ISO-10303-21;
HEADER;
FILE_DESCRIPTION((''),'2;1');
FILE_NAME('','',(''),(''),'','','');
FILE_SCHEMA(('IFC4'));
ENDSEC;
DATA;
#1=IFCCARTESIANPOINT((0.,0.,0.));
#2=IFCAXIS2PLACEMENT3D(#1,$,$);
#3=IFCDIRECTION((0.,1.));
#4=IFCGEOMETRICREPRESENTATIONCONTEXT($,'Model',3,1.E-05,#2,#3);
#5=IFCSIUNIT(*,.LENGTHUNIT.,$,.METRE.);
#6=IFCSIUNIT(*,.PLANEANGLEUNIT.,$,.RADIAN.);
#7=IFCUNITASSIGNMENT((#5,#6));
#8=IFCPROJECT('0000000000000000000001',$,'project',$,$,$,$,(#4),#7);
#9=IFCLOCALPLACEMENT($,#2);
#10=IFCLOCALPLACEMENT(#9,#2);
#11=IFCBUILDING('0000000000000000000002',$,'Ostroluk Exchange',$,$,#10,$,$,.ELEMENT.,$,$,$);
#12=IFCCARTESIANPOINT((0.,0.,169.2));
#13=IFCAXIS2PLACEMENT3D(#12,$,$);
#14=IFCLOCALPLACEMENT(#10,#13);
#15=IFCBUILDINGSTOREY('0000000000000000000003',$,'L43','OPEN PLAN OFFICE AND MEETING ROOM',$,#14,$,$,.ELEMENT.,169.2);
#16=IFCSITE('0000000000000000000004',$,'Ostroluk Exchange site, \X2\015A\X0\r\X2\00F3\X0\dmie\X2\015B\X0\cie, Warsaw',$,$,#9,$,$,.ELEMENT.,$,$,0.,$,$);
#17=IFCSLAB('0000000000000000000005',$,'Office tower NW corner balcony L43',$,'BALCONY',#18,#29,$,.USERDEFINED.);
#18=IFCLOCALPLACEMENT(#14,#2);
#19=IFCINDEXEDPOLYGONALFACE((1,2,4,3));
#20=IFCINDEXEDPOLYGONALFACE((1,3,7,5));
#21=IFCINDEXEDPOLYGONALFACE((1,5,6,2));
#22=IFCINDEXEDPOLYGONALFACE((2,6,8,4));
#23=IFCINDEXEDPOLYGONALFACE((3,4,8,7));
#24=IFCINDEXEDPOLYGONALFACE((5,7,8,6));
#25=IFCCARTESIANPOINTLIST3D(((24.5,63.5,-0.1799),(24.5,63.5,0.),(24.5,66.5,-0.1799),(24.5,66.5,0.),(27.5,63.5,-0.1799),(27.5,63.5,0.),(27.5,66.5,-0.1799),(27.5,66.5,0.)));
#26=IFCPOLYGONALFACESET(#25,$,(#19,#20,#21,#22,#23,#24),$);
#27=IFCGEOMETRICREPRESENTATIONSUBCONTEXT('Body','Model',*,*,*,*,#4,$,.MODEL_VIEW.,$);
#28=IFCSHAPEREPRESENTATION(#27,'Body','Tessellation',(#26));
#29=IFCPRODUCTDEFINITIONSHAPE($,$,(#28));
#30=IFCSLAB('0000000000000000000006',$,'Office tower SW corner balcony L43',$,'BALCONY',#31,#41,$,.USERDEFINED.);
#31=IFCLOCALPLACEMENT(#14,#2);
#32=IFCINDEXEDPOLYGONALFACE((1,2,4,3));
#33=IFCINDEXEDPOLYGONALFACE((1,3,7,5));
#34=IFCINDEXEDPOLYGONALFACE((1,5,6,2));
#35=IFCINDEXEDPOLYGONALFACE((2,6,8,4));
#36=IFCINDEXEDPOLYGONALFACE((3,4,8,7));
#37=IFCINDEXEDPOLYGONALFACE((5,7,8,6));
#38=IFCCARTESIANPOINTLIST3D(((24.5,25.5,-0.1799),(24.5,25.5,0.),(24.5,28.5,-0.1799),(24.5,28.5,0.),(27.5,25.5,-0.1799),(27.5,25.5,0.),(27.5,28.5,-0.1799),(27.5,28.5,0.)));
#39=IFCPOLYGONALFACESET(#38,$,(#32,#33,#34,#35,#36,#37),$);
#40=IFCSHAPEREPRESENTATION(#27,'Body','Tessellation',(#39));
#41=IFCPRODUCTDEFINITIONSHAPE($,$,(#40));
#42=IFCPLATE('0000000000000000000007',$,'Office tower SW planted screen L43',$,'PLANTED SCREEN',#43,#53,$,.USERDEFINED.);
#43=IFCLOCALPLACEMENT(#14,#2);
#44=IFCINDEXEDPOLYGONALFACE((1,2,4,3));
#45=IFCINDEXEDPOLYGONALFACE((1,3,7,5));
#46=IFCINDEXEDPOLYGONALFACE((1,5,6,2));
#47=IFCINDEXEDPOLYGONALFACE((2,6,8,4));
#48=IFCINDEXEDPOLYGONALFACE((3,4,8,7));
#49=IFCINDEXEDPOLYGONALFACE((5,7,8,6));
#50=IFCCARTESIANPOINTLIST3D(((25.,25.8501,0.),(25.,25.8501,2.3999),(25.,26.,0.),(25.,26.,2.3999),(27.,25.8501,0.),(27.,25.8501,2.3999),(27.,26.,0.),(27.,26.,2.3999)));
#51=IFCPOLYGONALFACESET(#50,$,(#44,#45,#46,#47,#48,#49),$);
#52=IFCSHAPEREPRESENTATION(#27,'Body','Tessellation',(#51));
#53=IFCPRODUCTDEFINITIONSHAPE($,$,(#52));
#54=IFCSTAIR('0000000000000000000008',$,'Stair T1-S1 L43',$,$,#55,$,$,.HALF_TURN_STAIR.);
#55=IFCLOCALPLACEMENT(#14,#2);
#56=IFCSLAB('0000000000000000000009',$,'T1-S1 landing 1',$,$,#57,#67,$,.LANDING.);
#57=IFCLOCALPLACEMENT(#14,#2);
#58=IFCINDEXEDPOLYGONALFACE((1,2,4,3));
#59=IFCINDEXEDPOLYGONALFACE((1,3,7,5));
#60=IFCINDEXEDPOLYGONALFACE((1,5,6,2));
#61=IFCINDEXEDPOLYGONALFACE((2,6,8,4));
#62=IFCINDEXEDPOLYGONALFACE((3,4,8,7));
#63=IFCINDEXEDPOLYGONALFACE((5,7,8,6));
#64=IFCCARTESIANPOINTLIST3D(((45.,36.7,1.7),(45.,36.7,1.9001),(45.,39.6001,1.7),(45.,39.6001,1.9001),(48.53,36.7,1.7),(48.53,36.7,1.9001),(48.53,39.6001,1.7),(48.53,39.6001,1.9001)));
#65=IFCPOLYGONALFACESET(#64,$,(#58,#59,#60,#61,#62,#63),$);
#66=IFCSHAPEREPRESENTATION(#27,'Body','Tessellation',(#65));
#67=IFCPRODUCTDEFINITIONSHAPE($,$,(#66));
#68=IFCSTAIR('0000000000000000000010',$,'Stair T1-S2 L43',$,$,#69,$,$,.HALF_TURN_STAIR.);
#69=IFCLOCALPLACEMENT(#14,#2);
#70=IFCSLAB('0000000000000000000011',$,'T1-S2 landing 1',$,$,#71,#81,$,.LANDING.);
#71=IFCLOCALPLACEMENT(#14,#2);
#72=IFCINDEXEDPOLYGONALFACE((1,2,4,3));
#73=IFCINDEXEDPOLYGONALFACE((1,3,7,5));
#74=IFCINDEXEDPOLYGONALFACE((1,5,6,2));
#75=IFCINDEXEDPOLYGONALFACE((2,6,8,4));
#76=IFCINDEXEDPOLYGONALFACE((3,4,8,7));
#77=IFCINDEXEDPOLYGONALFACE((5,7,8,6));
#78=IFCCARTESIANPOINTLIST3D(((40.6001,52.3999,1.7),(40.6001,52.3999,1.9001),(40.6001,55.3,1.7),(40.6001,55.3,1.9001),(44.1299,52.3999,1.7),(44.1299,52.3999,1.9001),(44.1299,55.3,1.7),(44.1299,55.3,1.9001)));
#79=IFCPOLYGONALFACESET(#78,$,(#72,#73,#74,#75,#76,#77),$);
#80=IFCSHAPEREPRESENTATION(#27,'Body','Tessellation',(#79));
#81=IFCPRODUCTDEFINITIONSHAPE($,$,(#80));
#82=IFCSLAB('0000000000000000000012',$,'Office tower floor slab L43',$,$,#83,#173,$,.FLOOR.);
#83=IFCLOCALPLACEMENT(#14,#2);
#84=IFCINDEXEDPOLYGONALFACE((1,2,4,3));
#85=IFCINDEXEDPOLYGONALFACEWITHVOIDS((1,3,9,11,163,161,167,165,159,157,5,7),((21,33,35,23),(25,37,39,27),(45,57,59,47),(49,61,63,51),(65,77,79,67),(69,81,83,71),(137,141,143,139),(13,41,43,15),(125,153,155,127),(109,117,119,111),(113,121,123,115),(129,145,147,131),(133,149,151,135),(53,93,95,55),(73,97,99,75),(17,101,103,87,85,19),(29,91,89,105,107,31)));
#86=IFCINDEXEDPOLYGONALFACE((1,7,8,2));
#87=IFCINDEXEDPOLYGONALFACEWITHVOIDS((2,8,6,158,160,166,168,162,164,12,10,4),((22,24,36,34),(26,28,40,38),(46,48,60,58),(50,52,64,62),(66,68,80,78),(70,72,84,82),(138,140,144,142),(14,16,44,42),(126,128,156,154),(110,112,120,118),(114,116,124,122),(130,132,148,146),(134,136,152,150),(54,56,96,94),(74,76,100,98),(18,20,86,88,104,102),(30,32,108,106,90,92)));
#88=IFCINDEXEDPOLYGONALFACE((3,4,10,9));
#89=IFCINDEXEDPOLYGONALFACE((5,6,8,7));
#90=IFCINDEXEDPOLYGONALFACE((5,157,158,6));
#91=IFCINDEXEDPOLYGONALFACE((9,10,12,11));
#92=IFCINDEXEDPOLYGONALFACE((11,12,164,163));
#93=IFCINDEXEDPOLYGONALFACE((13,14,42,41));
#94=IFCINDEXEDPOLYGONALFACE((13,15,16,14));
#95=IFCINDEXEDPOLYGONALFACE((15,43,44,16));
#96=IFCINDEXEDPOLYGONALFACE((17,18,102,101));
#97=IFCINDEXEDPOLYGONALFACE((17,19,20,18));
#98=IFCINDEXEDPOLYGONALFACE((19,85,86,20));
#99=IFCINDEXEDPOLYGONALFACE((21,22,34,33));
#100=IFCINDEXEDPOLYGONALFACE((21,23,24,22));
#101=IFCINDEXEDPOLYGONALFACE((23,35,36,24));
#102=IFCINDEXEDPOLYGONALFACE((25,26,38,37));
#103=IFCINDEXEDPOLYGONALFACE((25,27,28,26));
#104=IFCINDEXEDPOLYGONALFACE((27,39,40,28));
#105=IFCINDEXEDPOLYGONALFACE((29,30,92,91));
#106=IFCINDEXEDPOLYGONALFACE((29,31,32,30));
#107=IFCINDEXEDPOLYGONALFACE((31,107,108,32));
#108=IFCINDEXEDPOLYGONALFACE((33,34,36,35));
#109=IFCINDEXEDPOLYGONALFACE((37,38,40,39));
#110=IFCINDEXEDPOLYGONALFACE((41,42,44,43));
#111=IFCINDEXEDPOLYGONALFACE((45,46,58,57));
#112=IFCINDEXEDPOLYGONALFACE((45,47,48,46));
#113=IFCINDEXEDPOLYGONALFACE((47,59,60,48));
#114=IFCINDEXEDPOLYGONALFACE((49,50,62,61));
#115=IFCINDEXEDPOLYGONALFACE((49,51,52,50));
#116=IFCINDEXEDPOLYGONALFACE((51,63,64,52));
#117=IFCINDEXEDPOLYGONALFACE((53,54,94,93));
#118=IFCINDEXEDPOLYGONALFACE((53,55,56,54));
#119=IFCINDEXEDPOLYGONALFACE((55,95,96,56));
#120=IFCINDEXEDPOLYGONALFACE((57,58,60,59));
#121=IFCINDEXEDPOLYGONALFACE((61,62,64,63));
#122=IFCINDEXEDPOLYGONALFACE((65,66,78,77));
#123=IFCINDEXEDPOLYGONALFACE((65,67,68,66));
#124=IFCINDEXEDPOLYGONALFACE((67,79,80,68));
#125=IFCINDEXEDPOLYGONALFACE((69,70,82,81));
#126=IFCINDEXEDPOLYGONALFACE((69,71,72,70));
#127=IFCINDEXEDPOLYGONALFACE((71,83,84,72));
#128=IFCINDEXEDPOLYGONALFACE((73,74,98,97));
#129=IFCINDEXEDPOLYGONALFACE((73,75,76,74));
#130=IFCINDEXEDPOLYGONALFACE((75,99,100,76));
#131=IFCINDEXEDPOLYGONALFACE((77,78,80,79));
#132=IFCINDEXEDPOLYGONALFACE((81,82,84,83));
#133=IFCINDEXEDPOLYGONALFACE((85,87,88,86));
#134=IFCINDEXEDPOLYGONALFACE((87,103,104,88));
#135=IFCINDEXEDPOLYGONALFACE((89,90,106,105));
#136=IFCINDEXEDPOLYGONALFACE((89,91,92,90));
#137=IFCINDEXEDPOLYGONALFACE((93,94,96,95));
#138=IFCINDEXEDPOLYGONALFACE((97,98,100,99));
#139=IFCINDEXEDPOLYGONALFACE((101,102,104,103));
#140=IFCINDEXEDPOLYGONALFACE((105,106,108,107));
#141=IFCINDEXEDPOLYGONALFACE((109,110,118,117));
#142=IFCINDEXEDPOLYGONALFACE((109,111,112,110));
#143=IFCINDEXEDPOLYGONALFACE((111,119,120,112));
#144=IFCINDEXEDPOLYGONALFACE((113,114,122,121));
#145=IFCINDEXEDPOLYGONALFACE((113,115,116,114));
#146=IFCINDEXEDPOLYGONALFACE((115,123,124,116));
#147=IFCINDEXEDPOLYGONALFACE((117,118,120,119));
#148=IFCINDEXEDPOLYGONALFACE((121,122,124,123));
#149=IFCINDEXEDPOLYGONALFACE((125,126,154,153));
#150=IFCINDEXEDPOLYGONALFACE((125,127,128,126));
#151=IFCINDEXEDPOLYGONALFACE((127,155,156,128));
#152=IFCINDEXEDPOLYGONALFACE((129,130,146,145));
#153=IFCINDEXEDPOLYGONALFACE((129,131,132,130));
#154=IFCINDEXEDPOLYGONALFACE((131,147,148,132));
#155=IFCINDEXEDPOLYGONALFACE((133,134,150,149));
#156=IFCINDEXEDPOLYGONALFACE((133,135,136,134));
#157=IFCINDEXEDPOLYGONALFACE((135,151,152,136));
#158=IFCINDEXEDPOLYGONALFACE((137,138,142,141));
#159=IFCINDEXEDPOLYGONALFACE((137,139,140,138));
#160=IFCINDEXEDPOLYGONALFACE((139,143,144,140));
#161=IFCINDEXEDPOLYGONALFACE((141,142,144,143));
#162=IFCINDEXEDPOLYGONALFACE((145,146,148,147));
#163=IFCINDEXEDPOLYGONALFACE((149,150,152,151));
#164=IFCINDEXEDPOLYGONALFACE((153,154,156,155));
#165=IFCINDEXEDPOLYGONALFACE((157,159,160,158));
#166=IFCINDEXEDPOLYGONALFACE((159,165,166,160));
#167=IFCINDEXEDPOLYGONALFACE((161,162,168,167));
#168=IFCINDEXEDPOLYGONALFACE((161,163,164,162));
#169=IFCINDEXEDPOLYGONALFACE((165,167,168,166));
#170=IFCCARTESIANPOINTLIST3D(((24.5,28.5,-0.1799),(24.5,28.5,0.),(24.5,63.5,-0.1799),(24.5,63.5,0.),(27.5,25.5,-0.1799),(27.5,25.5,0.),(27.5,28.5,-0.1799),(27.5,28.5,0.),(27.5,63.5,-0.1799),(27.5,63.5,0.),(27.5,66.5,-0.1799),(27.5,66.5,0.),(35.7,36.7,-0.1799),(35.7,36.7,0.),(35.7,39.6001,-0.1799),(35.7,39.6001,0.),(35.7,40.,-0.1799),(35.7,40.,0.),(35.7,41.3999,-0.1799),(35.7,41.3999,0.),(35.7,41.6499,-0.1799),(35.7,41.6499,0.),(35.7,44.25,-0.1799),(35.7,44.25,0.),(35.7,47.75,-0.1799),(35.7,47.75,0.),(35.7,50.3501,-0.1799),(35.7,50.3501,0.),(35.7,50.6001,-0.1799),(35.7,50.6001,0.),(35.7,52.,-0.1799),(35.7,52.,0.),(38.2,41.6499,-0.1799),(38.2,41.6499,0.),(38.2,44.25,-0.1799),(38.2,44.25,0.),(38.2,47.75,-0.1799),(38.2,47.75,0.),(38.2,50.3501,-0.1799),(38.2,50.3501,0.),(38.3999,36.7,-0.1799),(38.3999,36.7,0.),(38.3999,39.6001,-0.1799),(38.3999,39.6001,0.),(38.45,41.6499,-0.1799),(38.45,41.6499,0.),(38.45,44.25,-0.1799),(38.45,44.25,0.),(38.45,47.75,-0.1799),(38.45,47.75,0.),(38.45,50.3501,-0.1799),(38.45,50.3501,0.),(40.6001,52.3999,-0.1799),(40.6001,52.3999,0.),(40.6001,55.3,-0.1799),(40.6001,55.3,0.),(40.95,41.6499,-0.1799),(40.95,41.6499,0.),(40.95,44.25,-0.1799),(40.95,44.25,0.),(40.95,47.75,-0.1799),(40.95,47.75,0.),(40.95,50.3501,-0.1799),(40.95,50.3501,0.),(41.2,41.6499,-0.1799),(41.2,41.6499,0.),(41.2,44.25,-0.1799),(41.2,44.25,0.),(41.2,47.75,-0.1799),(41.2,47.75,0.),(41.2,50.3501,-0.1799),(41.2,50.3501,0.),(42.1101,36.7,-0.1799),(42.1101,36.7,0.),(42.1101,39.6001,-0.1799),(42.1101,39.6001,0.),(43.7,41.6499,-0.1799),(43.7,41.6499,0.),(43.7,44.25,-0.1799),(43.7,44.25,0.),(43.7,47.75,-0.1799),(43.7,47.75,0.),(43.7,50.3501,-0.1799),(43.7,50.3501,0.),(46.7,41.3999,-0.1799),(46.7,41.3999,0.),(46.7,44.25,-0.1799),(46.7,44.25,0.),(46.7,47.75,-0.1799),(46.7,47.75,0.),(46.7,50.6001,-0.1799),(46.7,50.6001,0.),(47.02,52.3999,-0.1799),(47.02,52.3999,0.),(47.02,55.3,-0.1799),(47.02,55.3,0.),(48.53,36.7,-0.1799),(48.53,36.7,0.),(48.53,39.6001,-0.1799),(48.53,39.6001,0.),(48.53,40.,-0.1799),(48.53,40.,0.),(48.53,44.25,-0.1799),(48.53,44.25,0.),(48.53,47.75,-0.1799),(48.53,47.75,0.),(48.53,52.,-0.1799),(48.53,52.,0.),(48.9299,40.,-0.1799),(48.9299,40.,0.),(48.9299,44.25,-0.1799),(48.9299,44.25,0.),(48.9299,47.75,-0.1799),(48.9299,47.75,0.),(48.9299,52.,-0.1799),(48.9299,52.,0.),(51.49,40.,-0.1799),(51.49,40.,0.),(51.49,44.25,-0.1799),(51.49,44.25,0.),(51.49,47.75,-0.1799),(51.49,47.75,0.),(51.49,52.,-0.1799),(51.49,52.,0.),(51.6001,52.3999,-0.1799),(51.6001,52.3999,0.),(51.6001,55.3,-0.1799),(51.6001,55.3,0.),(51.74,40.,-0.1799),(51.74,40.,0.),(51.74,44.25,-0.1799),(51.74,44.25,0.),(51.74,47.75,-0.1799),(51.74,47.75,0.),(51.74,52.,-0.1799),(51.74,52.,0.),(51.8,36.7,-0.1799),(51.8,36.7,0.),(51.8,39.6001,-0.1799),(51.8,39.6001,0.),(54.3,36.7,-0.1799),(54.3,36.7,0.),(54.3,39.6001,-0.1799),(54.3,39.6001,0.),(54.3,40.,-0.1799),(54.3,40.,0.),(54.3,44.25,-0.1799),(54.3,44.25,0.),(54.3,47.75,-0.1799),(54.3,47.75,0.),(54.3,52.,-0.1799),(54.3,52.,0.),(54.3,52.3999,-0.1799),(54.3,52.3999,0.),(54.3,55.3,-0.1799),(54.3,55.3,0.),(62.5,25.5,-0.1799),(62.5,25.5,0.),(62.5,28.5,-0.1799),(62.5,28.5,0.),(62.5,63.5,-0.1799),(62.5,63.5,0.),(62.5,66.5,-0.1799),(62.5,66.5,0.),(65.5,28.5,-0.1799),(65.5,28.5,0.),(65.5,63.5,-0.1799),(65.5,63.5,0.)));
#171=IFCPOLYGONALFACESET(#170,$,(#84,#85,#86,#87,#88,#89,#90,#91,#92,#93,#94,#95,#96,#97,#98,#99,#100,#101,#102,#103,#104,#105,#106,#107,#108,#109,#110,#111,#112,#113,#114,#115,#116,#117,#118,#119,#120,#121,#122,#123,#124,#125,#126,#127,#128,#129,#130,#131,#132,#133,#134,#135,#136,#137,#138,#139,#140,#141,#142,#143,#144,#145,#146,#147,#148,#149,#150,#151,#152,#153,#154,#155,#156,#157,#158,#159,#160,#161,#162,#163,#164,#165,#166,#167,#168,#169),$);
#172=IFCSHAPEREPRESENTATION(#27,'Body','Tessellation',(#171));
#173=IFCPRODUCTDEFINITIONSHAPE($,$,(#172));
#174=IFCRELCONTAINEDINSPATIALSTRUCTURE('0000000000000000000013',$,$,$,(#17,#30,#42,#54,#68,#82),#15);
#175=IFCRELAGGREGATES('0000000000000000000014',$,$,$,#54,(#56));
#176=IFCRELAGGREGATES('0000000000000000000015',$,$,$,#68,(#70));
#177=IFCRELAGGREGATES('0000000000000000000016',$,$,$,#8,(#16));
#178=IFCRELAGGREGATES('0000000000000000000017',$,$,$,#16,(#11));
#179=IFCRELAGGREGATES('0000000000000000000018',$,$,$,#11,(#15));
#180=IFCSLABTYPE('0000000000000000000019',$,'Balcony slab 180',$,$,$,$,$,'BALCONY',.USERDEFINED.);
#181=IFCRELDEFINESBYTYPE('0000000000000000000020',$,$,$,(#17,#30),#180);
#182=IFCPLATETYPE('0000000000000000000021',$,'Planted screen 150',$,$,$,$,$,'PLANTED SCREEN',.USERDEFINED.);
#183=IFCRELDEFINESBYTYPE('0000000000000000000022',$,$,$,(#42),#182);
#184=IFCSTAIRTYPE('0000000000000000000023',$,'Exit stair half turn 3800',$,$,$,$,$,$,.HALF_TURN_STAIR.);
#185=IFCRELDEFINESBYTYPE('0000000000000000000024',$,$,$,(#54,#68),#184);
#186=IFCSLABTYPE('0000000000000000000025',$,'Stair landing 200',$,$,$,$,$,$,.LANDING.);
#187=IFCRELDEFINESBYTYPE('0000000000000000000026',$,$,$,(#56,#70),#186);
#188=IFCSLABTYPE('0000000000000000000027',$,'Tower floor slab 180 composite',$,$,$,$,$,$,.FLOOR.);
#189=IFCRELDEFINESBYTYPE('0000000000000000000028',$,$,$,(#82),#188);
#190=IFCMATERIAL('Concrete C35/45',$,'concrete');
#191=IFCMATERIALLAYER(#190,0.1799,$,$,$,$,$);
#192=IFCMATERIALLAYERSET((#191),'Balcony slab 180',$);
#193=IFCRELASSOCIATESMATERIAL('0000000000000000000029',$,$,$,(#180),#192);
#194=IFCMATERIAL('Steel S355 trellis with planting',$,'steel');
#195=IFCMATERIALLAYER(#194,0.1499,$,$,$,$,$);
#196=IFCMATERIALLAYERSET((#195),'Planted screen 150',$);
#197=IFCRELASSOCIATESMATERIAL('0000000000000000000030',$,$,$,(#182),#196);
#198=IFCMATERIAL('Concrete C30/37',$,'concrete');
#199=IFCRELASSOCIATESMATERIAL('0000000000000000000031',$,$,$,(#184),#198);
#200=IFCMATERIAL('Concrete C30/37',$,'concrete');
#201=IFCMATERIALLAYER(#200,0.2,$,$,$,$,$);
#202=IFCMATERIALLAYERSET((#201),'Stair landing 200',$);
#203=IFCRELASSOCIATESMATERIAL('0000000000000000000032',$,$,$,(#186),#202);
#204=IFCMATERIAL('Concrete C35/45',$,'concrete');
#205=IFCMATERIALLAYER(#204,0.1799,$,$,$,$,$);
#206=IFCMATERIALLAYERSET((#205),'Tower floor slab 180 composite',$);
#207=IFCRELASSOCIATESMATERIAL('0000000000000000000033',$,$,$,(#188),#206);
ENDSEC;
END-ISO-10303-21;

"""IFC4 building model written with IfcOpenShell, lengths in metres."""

from ifc_helpers import new_model, si_unit, direction, frame, origin, origin_2d, place, context, subcontext, project, spatial, polyline, rectangle, outline, extrude, material, layer, layer_set, type_object, element, aggregate, save


model = new_model("IFC4")

# Units and contexts
model_context = context("Model", 3, precision=1e-05, world=origin(), true_north=direction((0.0, 1.0)))
body_context = subcontext(model_context, "Body", "Model", "MODEL_VIEW")
ifc_project = project(units=[si_unit("LENGTHUNIT", "METRE"), si_unit("PLANEANGLEUNIT", "RADIAN")], contexts=[model_context])

# Site, building, storey
site_placement = place(None, origin())
site = spatial("IfcSite", under=ifc_project, at=site_placement, Name="Ostroluk Exchange site, Śródmieście, Warsaw", CompositionType="ELEMENT", RefElevation=0.0)
building_placement = place(site_placement, origin())
building = spatial("IfcBuilding", under=site, at=building_placement, Name="Ostroluk Exchange", CompositionType="ELEMENT")
storey_placement = place(building_placement, frame((0.0, 0.0, 169.2)))
storey = spatial("IfcBuildingStorey", under=building, at=storey_placement, Name="L43", Description="OPEN PLAN OFFICE AND MEETING ROOM", CompositionType="ELEMENT", Elevation=169.2)

# Slabs
ifc_material_1 = material(Name="Concrete C35/45", Category="concrete")
ifc_layer_1 = layer(ifc_material_1, 0.1799)
ifc_layer_set_1 = layer_set([ifc_layer_1], Name="Balcony slab 180")
slab_type_1 = type_object("IfcSlabType", Name="Balcony slab 180", ElementType="BALCONY", PredefinedType="USERDEFINED", material=ifc_layer_set_1)
slab_1_placement = place(storey_placement, frame((0.0, 0.0, -0.1799)))
element("IfcSlab", 1, at=slab_1_placement, inside=storey, type_object=slab_type_1, Name="Office tower NW corner balcony L43", ObjectType="BALCONY", PredefinedType="USERDEFINED", context=body_context, shape_type="SweptSolid", body=[
    extrude(outline(polyline([(24.5, 63.5), (27.5, 63.5), (27.5, 66.5), (24.5, 66.5), (24.5, 63.5)])), origin(), (0.0, 0.0, 1.0), 0.1799),
])
slab_2_placement = place(storey_placement, frame((0.0, 0.0, -0.1799)))
element("IfcSlab", 2, at=slab_2_placement, inside=storey, type_object=slab_type_1, Name="Office tower SW corner balcony L43", ObjectType="BALCONY", PredefinedType="USERDEFINED", context=body_context, shape_type="SweptSolid", body=[
    extrude(outline(polyline([(24.5, 25.5), (27.5, 25.5), (27.5, 28.5), (24.5, 28.5), (24.5, 25.5)])), origin(), (0.0, 0.0, 1.0), 0.1799),
])

# Plate
ifc_material_2 = material(Name="Steel S355 trellis with planting", Category="steel")
ifc_layer_2 = layer(ifc_material_2, 0.1499)
ifc_layer_set_2 = layer_set([ifc_layer_2], Name="Planted screen 150")
plate_type_1 = type_object("IfcPlateType", Name="Planted screen 150", ElementType="PLANTED SCREEN", PredefinedType="USERDEFINED", material=ifc_layer_set_2)
plate_1_placement = place(storey_placement, frame((26.0, 25.925, 0.0), z_axis=(0.0, 0.0, 1.0), x_axis=(1.0, 0.0, 0.0)))
element("IfcPlate", 3, at=plate_1_placement, inside=storey, type_object=plate_type_1, Name="Office tower SW planted screen L43", ObjectType="PLANTED SCREEN", PredefinedType="USERDEFINED", context=body_context, shape_type="SweptSolid", body=[
    extrude(rectangle(XDim=2.0, YDim=0.1499, at=origin_2d()), origin(), (0.0, 0.0, 1.0), 2.3999),
])

# Stairs, slabs
ifc_material_3 = material(Name="Concrete C30/37", Category="concrete")
stair_type = type_object("IfcStairType", Name="Exit stair half turn 3800", PredefinedType="HALF_TURN_STAIR", material=ifc_material_3)
stair_1_placement = place(storey_placement, origin())
stair_1 = element("IfcStair", 4, at=stair_1_placement, inside=storey, type_object=stair_type, Name="Stair T1-S1 L43", PredefinedType="HALF_TURN_STAIR")
ifc_material_4 = material(Name="Concrete C30/37", Category="concrete")
ifc_layer_3 = layer(ifc_material_4, 0.2)
ifc_layer_set_3 = layer_set([ifc_layer_3], Name="Stair landing 200")
slab_type_2 = type_object("IfcSlabType", Name="Stair landing 200", PredefinedType="LANDING", material=ifc_layer_set_3)
slab_3_placement = place(storey_placement, frame((0.0, 0.0, 1.7)))
slab_3 = element("IfcSlab", 5, at=slab_3_placement, type_object=slab_type_2, Name="T1-S1 landing 1", PredefinedType="LANDING", context=body_context, shape_type="SweptSolid", body=[
    extrude(outline(polyline([(45.0, 36.7), (45.0, 39.6001), (48.53, 39.6001), (48.53, 36.7), (45.0, 36.7)])), origin(), (0.0, 0.0, 1.0), 0.2002),
])
aggregate(stair_1, [slab_3])
stair_2_placement = place(storey_placement, origin())
stair_2 = element("IfcStair", 6, at=stair_2_placement, inside=storey, type_object=stair_type, Name="Stair T1-S2 L43", PredefinedType="HALF_TURN_STAIR")
slab_4_placement = place(storey_placement, frame((0.0, 0.0, 1.7)))
slab_4 = element("IfcSlab", 7, at=slab_4_placement, type_object=slab_type_2, Name="T1-S2 landing 1", PredefinedType="LANDING", context=body_context, shape_type="SweptSolid", body=[
    extrude(outline(polyline([(44.1299, 52.3999), (44.1299, 55.3), (40.6001, 55.3), (40.6001, 52.3999), (44.1299, 52.3999)])), origin(), (0.0, 0.0, 1.0), 0.2002),
])
aggregate(stair_2, [slab_4])

# Slab
ifc_material_5 = material(Name="Concrete C35/45", Category="concrete")
ifc_layer_4 = layer(ifc_material_5, 0.1799)
ifc_layer_set_4 = layer_set([ifc_layer_4], Name="Tower floor slab 180 composite")
slab_type_3 = type_object("IfcSlabType", Name="Tower floor slab 180 composite", PredefinedType="FLOOR", material=ifc_layer_set_4)
slab_5_placement = place(storey_placement, frame((0.0, 0.0, -0.1799)))
element("IfcSlab", 8, at=slab_5_placement, inside=storey, type_object=slab_type_3, Name="Office tower floor slab L43", PredefinedType="FLOOR", context=body_context, shape_type="SweptSolid", body=[
    extrude(outline(polyline([(27.5, 25.5), (62.5, 25.5), (62.5, 28.5), (65.5, 28.5), (65.5, 63.5), (62.5, 63.5), (62.5, 66.5), (27.5, 66.5), (27.5, 63.5), (24.5, 63.5), (24.5, 28.5), (27.5, 28.5), (27.5, 25.5)]), holes=[polyline([(35.7, 36.7), (38.3999, 36.7), (38.3999, 39.6001), (35.7, 39.6001), (35.7, 36.7)]), polyline([(42.1101, 36.7), (48.53, 36.7), (48.53, 39.6001), (42.1101, 39.6001), (42.1101, 36.7)]), polyline([(51.8, 36.7), (54.3, 36.7), (54.3, 39.6001), (51.8, 39.6001), (51.8, 36.7)]), polyline([(40.6001, 52.3999), (47.02, 52.3999), (47.02, 55.3), (40.6001, 55.3), (40.6001, 52.3999)]), polyline([(51.6001, 52.3999), (54.3, 52.3999), (54.3, 55.3), (51.6001, 55.3), (51.6001, 52.3999)]), polyline([(35.7, 47.75), (38.2, 47.75), (38.2, 50.3501), (35.7, 50.3501), (35.7, 47.75)]), polyline([(38.45, 47.75), (40.95, 47.75), (40.95, 50.3501), (38.45, 50.3501), (38.45, 47.75)]), polyline([(41.2, 47.75), (43.7, 47.75), (43.7, 50.3501), (41.2, 50.3501), (41.2, 47.75)]), polyline([(35.7, 41.6499), (38.2, 41.6499), (38.2, 44.25), (35.7, 44.25), (35.7, 41.6499)]), polyline([(38.45, 41.6499), (40.95, 41.6499), (40.95, 44.25), (38.45, 44.25), (38.45, 41.6499)]), polyline([(41.2, 41.6499), (43.7, 41.6499), (43.7, 44.25), (41.2, 44.25), (41.2, 41.6499)]), polyline([(48.9299, 47.75), (51.49, 47.75), (51.49, 52.0), (48.9299, 52.0), (48.9299, 47.75)]), polyline([(51.74, 47.75), (54.3, 47.75), (54.3, 52.0), (51.74, 52.0), (51.74, 47.75)]), polyline([(48.9299, 40.0), (51.49, 40.0), (51.49, 44.25), (48.9299, 44.25), (48.9299, 40.0)]), polyline([(51.74, 40.0), (54.3, 40.0), (54.3, 44.25), (51.74, 44.25), (51.74, 40.0)]), polyline([(48.53, 52.0), (48.53, 47.75), (46.7, 47.75), (46.7, 50.6001), (35.7, 50.6001), (35.7, 52.0), (48.53, 52.0)]), polyline([(35.7, 40.0), (35.7, 41.3999), (46.7, 41.3999), (46.7, 44.25), (48.53, 44.25), (48.53, 40.0), (35.7, 40.0)])]), origin(), (0.0, 0.0, 1.0), 0.1799),
])

save(model, "model.ifc")
